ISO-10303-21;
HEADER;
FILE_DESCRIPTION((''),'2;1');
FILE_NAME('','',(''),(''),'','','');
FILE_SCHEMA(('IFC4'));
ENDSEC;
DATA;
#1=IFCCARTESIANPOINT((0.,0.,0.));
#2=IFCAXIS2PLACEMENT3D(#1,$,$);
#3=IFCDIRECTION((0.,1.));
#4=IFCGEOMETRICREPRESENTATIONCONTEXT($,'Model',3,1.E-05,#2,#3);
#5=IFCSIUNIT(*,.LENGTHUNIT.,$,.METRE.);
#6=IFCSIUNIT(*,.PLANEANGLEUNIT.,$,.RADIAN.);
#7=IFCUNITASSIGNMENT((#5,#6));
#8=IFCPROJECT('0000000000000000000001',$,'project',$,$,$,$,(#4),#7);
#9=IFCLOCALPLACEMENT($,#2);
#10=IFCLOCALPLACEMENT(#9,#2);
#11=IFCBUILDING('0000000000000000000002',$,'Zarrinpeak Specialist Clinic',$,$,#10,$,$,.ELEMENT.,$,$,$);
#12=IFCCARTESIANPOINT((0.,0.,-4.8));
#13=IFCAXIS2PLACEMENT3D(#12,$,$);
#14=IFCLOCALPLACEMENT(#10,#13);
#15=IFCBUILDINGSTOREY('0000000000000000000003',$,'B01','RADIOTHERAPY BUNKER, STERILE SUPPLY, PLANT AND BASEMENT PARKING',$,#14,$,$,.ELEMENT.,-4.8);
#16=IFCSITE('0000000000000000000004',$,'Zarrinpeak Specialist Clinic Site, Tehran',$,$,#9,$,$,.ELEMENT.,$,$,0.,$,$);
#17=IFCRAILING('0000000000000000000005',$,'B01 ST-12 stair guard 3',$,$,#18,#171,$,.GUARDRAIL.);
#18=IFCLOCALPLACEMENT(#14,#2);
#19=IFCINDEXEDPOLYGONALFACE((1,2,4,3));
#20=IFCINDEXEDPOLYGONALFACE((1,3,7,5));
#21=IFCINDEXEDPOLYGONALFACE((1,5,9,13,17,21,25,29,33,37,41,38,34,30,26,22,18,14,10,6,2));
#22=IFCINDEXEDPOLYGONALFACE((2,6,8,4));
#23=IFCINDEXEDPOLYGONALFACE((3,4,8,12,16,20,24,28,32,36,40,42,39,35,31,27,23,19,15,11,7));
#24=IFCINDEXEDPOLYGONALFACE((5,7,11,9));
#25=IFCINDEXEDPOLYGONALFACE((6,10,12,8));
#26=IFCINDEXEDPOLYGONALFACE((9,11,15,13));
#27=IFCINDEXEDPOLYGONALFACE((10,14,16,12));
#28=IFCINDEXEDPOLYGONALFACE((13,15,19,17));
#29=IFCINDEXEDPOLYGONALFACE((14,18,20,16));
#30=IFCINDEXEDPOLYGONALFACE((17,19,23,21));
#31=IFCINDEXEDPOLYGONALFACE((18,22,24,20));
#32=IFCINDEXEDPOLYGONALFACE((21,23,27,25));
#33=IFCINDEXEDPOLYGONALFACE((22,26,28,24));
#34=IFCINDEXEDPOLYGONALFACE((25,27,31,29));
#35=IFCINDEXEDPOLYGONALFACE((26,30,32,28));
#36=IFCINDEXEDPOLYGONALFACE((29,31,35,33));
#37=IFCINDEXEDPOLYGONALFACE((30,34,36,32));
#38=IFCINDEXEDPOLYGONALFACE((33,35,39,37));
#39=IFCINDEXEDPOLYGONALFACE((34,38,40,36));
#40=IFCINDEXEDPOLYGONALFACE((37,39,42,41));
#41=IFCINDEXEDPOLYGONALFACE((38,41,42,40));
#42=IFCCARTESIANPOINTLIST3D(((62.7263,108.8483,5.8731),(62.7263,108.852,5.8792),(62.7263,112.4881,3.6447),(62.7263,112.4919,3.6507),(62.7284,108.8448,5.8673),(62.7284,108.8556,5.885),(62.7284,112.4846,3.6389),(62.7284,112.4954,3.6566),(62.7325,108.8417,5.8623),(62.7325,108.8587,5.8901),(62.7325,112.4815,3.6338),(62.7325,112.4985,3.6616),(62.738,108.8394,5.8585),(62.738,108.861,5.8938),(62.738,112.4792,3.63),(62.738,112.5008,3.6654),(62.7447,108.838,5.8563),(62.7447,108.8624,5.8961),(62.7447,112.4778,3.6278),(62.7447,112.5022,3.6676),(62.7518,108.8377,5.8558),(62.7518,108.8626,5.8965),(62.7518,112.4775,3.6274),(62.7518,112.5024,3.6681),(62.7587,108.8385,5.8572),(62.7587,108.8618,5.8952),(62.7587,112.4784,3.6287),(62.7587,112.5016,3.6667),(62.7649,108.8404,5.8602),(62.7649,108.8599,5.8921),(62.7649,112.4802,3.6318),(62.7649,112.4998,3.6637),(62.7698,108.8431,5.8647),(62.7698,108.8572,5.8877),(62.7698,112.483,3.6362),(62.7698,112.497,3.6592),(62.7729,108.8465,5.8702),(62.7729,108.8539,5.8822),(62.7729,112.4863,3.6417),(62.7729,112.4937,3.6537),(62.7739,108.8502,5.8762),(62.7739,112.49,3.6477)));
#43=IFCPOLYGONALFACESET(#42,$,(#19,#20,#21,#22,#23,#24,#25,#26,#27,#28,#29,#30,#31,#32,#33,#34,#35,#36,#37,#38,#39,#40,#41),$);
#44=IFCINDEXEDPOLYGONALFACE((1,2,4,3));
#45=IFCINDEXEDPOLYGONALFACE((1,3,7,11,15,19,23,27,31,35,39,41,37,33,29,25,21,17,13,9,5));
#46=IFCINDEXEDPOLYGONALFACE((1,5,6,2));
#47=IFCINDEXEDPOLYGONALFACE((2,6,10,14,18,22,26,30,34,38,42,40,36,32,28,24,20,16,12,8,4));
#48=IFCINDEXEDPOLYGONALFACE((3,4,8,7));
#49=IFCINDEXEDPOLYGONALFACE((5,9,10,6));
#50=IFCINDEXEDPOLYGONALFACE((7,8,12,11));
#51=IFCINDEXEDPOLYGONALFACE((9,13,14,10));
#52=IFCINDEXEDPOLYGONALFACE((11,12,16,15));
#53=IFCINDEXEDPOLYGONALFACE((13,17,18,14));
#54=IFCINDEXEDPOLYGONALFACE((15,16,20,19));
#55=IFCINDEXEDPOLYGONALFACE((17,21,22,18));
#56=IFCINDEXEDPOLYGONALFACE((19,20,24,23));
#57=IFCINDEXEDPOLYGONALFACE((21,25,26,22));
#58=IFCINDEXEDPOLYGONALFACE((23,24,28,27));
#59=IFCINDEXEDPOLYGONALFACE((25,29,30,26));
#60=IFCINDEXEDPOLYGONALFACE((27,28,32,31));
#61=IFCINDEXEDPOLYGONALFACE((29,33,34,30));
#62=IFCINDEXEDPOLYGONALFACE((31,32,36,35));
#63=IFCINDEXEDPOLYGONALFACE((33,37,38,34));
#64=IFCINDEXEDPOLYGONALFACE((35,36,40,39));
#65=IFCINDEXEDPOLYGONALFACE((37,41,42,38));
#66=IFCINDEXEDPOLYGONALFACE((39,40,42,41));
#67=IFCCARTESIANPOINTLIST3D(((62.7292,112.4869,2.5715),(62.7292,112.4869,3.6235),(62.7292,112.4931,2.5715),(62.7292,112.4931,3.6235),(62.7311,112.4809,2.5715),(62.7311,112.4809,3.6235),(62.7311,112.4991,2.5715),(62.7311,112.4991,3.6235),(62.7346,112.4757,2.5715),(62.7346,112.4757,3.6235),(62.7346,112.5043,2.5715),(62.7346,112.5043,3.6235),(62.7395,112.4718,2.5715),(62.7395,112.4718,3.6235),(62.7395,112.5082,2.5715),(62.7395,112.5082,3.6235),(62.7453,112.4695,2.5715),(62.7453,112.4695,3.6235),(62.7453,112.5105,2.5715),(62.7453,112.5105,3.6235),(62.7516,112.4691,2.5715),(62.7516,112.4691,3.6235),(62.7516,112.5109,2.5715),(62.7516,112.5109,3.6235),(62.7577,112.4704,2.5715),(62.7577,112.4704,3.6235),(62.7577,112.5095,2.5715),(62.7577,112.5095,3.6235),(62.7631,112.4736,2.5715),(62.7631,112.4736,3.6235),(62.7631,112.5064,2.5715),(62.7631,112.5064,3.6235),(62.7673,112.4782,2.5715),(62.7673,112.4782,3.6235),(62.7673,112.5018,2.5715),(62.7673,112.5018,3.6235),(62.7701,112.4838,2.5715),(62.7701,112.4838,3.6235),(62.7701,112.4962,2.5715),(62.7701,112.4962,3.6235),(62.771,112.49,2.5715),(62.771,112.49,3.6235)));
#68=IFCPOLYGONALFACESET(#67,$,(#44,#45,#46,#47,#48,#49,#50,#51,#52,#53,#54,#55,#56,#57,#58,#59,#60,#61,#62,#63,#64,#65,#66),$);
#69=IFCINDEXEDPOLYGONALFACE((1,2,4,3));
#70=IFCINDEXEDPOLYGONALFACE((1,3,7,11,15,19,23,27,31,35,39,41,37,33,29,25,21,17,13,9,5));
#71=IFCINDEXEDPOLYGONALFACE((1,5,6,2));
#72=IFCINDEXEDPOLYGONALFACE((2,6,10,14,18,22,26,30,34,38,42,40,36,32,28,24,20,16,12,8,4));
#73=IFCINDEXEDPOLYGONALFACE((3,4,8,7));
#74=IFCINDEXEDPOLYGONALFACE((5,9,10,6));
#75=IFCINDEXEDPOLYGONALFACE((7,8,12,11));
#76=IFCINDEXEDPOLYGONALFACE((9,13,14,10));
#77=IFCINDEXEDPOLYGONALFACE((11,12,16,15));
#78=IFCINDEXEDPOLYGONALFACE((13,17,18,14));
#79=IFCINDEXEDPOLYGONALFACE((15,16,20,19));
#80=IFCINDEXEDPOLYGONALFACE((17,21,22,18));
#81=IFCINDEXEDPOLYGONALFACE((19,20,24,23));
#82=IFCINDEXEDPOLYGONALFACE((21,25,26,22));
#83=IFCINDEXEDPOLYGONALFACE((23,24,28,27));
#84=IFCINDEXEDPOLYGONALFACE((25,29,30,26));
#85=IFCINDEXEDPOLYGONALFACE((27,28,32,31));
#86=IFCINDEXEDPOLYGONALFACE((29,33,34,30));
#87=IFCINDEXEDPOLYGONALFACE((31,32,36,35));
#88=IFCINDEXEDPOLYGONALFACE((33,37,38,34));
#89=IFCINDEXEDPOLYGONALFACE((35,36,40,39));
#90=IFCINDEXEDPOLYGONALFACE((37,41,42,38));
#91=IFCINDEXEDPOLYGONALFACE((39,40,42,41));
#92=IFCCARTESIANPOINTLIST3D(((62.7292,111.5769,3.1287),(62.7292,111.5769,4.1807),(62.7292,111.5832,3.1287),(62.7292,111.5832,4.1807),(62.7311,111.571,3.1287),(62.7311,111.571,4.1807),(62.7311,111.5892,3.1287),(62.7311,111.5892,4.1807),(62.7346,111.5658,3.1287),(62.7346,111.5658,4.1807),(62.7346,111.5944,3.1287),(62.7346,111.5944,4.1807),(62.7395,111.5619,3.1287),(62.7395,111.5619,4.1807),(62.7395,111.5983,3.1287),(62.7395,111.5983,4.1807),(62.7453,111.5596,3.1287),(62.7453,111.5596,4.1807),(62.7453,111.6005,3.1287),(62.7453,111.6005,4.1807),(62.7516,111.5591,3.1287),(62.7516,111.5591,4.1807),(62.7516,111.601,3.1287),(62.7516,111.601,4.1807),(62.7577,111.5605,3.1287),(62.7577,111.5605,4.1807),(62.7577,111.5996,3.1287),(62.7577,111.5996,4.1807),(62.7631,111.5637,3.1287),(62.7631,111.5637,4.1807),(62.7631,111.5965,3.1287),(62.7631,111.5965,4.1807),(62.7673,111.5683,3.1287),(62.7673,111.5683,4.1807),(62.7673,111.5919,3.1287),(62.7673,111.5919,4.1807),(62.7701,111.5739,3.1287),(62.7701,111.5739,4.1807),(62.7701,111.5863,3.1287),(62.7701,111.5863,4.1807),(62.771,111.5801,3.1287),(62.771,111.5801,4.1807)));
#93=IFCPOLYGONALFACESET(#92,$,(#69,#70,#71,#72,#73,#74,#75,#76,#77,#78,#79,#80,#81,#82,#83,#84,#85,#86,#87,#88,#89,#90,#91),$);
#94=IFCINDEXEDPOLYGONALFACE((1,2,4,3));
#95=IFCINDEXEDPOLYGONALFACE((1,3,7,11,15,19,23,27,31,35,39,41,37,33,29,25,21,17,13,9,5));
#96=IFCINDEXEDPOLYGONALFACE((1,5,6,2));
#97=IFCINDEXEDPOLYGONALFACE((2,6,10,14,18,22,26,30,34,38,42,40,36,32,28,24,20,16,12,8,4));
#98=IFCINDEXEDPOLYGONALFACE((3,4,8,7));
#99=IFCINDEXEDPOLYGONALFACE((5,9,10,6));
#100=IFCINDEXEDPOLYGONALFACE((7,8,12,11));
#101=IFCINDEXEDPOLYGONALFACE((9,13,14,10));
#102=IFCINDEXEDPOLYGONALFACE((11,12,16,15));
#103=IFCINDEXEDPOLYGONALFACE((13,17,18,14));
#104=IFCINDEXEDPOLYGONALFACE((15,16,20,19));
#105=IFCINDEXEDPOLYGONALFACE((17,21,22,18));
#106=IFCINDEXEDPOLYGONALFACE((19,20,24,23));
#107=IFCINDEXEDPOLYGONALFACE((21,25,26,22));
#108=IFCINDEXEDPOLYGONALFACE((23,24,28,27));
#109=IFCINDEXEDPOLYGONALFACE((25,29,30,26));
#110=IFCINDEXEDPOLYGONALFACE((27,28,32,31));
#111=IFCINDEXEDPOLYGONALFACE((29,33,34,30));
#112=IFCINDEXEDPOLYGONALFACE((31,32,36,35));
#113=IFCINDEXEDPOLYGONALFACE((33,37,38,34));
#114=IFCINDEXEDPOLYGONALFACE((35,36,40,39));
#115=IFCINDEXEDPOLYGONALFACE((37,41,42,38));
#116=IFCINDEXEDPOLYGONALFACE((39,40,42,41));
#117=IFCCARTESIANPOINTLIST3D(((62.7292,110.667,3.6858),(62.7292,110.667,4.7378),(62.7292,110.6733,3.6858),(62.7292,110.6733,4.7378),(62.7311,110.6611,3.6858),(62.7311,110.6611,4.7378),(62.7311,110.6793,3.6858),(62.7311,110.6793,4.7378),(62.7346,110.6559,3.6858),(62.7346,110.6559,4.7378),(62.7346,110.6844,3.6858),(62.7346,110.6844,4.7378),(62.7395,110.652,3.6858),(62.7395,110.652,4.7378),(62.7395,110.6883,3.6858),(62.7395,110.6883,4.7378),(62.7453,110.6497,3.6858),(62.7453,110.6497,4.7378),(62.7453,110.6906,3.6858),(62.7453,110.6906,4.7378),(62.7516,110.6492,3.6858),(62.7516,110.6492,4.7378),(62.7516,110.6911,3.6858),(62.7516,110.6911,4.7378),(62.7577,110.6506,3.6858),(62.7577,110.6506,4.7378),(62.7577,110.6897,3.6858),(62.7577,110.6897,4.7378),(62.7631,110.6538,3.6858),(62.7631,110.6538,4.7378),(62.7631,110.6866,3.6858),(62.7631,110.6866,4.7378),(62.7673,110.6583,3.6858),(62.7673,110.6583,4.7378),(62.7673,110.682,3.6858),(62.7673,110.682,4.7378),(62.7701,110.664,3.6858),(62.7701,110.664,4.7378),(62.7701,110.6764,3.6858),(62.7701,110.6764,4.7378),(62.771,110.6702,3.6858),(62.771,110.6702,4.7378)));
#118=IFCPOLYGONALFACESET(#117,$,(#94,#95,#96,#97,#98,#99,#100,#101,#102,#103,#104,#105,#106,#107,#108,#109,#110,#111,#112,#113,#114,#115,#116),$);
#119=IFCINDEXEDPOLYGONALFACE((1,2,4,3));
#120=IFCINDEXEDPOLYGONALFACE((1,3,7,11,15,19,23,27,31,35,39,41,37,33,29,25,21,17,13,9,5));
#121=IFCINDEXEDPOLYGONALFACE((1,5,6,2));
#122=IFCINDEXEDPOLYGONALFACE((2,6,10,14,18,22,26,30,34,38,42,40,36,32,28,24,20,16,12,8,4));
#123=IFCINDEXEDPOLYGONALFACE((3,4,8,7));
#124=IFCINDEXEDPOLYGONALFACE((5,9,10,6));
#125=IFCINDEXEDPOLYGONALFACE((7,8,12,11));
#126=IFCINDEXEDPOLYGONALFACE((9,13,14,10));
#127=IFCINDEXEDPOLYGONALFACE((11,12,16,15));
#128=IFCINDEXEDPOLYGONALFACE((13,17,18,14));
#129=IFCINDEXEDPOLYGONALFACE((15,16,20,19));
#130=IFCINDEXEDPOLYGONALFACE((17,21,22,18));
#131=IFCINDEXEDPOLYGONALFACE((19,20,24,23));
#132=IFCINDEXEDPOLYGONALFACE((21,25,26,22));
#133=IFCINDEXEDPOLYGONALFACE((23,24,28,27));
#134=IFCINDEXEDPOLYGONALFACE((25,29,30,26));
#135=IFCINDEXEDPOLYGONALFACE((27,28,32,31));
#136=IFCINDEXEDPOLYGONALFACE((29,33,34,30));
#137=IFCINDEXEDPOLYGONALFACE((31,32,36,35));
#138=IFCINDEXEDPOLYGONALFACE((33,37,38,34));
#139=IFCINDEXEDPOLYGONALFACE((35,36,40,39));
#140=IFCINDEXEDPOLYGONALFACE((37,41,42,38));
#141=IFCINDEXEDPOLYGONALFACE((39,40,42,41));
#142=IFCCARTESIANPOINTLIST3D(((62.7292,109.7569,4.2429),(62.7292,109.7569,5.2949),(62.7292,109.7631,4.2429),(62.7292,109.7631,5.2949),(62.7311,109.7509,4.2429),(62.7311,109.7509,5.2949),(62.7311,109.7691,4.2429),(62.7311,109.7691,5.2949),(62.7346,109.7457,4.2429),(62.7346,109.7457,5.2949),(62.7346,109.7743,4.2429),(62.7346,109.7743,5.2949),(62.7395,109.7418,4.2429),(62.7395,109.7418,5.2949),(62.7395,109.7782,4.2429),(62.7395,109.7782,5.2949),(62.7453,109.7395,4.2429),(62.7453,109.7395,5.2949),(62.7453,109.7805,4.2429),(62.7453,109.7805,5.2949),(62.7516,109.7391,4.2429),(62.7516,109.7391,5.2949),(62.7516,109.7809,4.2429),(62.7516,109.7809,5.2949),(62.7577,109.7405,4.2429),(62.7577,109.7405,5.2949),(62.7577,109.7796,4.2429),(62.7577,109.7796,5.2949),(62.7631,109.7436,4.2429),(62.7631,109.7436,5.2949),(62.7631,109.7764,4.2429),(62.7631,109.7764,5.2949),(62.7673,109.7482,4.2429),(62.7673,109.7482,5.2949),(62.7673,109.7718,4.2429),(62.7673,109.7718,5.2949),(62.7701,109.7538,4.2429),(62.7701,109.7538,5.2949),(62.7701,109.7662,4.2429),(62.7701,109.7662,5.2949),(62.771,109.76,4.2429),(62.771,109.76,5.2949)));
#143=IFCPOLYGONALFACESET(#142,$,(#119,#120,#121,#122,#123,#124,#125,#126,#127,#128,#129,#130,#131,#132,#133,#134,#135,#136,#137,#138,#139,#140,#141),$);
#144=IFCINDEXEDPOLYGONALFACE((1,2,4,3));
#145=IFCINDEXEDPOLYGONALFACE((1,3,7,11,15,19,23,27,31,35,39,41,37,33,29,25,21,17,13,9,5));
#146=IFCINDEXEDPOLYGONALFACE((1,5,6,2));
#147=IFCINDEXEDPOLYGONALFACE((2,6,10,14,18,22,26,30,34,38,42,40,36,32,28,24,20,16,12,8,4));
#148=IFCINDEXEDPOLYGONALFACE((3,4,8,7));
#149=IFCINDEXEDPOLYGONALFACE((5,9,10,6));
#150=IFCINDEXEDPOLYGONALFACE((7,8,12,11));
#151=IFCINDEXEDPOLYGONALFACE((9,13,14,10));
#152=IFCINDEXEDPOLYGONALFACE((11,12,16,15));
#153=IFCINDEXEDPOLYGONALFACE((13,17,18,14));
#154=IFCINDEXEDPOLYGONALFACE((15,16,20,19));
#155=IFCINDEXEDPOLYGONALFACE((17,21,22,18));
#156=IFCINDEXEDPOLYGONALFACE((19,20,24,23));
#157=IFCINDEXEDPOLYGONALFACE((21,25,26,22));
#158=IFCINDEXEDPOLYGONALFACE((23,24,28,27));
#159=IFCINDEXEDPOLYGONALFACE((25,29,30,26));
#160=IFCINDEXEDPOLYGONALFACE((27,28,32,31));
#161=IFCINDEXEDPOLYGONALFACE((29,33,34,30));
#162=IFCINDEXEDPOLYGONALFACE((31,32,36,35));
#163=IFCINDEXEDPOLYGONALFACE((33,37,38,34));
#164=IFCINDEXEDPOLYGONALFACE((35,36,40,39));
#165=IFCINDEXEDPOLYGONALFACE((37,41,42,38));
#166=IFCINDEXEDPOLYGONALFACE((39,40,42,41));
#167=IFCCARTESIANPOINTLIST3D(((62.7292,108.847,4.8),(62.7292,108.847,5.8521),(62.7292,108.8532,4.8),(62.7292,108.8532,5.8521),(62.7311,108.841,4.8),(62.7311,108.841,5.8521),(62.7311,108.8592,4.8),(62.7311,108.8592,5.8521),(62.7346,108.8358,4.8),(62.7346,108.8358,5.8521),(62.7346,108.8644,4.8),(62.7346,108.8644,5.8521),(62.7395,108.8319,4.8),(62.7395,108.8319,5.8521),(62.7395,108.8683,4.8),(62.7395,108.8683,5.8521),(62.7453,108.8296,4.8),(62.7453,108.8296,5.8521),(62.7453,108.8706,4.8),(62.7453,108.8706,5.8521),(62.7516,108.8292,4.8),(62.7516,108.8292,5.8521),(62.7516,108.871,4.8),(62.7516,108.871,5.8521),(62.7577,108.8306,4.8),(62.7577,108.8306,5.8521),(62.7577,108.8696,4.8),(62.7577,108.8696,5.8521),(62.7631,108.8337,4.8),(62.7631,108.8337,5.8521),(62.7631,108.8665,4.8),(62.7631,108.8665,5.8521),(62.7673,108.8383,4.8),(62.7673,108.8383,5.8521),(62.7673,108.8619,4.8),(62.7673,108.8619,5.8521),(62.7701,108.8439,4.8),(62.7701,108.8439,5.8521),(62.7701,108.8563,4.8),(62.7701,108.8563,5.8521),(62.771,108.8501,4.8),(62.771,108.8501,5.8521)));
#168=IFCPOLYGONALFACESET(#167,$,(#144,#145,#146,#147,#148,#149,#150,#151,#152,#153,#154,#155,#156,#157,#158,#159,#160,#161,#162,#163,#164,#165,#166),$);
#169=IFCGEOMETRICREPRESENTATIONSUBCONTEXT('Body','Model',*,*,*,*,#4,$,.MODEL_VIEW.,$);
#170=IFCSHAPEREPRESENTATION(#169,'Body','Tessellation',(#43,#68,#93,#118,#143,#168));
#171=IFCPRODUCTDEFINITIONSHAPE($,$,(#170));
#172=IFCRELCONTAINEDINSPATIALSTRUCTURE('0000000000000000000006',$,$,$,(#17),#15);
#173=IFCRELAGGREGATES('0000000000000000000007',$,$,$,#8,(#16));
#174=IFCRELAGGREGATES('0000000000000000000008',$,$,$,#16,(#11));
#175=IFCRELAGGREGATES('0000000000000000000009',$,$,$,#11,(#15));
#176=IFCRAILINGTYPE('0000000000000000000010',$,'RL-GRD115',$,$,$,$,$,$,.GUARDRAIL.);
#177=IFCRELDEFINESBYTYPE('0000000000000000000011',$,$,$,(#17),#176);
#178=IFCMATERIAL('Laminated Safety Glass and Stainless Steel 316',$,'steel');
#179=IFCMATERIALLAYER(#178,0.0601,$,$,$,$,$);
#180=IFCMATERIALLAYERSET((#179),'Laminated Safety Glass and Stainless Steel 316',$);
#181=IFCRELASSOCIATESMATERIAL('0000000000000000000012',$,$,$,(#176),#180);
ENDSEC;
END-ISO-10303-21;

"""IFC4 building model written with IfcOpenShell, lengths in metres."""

from ifc_helpers import new_model, si_unit, direction, frame, origin, origin_2d, place, context, subcontext, project, spatial, circle, extrude, material, layer, layer_set, type_object, element, save


model = new_model("IFC4")

# Units and contexts
model_context = context("Model", 3, precision=1e-05, world=origin(), true_north=direction((0.0, 1.0)))
body_context = subcontext(model_context, "Body", "Model", "MODEL_VIEW")
ifc_project = project(units=[si_unit("LENGTHUNIT", "METRE"), si_unit("PLANEANGLEUNIT", "RADIAN")], contexts=[model_context])

# Site, building, storey
site_placement = place(None, origin())
site = spatial("IfcSite", under=ifc_project, at=site_placement, Name="Zarrinpeak Specialist Clinic Site, Tehran", CompositionType="ELEMENT", RefElevation=0.0)
building_placement = place(site_placement, origin())
building = spatial("IfcBuilding", under=site, at=building_placement, Name="Zarrinpeak Specialist Clinic", CompositionType="ELEMENT")
storey_placement = place(building_placement, frame((0.0, 0.0, -4.8)))
storey = spatial("IfcBuildingStorey", under=building, at=storey_placement, Name="B01", Description="RADIOTHERAPY BUNKER, STERILE SUPPLY, PLANT AND BASEMENT PARKING", CompositionType="ELEMENT", Elevation=-4.8)

# Railing
ifc_material_1 = material(Name="Laminated Safety Glass and Stainless Steel 316", Category="steel")
ifc_layer_1 = layer(ifc_material_1, 0.0601)
ifc_layer_set_1 = layer_set([ifc_layer_1], Name="Laminated Safety Glass and Stainless Steel 316")
railing_type_1 = type_object("IfcRailingType", Name="RL-GRD115", PredefinedType="GUARDRAIL", material=ifc_layer_set_1)
railing_1_placement = place(storey_placement, frame((62.75, 112.49, 2.5715)))
element("IfcRailing", 1, at=railing_1_placement, inside=storey, type_object=railing_type_1, Name="B01 ST-12 stair guard 3", PredefinedType="GUARDRAIL", context=body_context, shape_type="SweptSolid", body=[
    extrude(circle(Radius=0.0239, at=origin_2d()), frame((0.0, 0.0, 1.0762), z_axis=(0.0, -0.85285, 0.522156), x_axis=(1.0, 0.0, 0.0)), (0.0, 0.0, 1.0), 4.2678),
    extrude(circle(Radius=0.021, at=origin_2d()), origin(), (0.0, 0.0, 1.0), 1.052),
    extrude(circle(Radius=0.021, at=origin_2d()), frame((0.0, -0.9099, 0.5571)), (0.0, 0.0, 1.0), 1.052),
    extrude(circle(Radius=0.021, at=origin_2d()), frame((0.0, -1.8198, 1.1143)), (0.0, 0.0, 1.0), 1.052),
    extrude(circle(Radius=0.021, at=origin_2d()), frame((0.0, -2.73, 1.6714)), (0.0, 0.0, 1.0), 1.052),
    extrude(circle(Radius=0.021, at=origin_2d()), frame((0.0, -3.6399, 2.2285)), (0.0, 0.0, 1.0), 1.052),
])

save(model, "model.ifc")
